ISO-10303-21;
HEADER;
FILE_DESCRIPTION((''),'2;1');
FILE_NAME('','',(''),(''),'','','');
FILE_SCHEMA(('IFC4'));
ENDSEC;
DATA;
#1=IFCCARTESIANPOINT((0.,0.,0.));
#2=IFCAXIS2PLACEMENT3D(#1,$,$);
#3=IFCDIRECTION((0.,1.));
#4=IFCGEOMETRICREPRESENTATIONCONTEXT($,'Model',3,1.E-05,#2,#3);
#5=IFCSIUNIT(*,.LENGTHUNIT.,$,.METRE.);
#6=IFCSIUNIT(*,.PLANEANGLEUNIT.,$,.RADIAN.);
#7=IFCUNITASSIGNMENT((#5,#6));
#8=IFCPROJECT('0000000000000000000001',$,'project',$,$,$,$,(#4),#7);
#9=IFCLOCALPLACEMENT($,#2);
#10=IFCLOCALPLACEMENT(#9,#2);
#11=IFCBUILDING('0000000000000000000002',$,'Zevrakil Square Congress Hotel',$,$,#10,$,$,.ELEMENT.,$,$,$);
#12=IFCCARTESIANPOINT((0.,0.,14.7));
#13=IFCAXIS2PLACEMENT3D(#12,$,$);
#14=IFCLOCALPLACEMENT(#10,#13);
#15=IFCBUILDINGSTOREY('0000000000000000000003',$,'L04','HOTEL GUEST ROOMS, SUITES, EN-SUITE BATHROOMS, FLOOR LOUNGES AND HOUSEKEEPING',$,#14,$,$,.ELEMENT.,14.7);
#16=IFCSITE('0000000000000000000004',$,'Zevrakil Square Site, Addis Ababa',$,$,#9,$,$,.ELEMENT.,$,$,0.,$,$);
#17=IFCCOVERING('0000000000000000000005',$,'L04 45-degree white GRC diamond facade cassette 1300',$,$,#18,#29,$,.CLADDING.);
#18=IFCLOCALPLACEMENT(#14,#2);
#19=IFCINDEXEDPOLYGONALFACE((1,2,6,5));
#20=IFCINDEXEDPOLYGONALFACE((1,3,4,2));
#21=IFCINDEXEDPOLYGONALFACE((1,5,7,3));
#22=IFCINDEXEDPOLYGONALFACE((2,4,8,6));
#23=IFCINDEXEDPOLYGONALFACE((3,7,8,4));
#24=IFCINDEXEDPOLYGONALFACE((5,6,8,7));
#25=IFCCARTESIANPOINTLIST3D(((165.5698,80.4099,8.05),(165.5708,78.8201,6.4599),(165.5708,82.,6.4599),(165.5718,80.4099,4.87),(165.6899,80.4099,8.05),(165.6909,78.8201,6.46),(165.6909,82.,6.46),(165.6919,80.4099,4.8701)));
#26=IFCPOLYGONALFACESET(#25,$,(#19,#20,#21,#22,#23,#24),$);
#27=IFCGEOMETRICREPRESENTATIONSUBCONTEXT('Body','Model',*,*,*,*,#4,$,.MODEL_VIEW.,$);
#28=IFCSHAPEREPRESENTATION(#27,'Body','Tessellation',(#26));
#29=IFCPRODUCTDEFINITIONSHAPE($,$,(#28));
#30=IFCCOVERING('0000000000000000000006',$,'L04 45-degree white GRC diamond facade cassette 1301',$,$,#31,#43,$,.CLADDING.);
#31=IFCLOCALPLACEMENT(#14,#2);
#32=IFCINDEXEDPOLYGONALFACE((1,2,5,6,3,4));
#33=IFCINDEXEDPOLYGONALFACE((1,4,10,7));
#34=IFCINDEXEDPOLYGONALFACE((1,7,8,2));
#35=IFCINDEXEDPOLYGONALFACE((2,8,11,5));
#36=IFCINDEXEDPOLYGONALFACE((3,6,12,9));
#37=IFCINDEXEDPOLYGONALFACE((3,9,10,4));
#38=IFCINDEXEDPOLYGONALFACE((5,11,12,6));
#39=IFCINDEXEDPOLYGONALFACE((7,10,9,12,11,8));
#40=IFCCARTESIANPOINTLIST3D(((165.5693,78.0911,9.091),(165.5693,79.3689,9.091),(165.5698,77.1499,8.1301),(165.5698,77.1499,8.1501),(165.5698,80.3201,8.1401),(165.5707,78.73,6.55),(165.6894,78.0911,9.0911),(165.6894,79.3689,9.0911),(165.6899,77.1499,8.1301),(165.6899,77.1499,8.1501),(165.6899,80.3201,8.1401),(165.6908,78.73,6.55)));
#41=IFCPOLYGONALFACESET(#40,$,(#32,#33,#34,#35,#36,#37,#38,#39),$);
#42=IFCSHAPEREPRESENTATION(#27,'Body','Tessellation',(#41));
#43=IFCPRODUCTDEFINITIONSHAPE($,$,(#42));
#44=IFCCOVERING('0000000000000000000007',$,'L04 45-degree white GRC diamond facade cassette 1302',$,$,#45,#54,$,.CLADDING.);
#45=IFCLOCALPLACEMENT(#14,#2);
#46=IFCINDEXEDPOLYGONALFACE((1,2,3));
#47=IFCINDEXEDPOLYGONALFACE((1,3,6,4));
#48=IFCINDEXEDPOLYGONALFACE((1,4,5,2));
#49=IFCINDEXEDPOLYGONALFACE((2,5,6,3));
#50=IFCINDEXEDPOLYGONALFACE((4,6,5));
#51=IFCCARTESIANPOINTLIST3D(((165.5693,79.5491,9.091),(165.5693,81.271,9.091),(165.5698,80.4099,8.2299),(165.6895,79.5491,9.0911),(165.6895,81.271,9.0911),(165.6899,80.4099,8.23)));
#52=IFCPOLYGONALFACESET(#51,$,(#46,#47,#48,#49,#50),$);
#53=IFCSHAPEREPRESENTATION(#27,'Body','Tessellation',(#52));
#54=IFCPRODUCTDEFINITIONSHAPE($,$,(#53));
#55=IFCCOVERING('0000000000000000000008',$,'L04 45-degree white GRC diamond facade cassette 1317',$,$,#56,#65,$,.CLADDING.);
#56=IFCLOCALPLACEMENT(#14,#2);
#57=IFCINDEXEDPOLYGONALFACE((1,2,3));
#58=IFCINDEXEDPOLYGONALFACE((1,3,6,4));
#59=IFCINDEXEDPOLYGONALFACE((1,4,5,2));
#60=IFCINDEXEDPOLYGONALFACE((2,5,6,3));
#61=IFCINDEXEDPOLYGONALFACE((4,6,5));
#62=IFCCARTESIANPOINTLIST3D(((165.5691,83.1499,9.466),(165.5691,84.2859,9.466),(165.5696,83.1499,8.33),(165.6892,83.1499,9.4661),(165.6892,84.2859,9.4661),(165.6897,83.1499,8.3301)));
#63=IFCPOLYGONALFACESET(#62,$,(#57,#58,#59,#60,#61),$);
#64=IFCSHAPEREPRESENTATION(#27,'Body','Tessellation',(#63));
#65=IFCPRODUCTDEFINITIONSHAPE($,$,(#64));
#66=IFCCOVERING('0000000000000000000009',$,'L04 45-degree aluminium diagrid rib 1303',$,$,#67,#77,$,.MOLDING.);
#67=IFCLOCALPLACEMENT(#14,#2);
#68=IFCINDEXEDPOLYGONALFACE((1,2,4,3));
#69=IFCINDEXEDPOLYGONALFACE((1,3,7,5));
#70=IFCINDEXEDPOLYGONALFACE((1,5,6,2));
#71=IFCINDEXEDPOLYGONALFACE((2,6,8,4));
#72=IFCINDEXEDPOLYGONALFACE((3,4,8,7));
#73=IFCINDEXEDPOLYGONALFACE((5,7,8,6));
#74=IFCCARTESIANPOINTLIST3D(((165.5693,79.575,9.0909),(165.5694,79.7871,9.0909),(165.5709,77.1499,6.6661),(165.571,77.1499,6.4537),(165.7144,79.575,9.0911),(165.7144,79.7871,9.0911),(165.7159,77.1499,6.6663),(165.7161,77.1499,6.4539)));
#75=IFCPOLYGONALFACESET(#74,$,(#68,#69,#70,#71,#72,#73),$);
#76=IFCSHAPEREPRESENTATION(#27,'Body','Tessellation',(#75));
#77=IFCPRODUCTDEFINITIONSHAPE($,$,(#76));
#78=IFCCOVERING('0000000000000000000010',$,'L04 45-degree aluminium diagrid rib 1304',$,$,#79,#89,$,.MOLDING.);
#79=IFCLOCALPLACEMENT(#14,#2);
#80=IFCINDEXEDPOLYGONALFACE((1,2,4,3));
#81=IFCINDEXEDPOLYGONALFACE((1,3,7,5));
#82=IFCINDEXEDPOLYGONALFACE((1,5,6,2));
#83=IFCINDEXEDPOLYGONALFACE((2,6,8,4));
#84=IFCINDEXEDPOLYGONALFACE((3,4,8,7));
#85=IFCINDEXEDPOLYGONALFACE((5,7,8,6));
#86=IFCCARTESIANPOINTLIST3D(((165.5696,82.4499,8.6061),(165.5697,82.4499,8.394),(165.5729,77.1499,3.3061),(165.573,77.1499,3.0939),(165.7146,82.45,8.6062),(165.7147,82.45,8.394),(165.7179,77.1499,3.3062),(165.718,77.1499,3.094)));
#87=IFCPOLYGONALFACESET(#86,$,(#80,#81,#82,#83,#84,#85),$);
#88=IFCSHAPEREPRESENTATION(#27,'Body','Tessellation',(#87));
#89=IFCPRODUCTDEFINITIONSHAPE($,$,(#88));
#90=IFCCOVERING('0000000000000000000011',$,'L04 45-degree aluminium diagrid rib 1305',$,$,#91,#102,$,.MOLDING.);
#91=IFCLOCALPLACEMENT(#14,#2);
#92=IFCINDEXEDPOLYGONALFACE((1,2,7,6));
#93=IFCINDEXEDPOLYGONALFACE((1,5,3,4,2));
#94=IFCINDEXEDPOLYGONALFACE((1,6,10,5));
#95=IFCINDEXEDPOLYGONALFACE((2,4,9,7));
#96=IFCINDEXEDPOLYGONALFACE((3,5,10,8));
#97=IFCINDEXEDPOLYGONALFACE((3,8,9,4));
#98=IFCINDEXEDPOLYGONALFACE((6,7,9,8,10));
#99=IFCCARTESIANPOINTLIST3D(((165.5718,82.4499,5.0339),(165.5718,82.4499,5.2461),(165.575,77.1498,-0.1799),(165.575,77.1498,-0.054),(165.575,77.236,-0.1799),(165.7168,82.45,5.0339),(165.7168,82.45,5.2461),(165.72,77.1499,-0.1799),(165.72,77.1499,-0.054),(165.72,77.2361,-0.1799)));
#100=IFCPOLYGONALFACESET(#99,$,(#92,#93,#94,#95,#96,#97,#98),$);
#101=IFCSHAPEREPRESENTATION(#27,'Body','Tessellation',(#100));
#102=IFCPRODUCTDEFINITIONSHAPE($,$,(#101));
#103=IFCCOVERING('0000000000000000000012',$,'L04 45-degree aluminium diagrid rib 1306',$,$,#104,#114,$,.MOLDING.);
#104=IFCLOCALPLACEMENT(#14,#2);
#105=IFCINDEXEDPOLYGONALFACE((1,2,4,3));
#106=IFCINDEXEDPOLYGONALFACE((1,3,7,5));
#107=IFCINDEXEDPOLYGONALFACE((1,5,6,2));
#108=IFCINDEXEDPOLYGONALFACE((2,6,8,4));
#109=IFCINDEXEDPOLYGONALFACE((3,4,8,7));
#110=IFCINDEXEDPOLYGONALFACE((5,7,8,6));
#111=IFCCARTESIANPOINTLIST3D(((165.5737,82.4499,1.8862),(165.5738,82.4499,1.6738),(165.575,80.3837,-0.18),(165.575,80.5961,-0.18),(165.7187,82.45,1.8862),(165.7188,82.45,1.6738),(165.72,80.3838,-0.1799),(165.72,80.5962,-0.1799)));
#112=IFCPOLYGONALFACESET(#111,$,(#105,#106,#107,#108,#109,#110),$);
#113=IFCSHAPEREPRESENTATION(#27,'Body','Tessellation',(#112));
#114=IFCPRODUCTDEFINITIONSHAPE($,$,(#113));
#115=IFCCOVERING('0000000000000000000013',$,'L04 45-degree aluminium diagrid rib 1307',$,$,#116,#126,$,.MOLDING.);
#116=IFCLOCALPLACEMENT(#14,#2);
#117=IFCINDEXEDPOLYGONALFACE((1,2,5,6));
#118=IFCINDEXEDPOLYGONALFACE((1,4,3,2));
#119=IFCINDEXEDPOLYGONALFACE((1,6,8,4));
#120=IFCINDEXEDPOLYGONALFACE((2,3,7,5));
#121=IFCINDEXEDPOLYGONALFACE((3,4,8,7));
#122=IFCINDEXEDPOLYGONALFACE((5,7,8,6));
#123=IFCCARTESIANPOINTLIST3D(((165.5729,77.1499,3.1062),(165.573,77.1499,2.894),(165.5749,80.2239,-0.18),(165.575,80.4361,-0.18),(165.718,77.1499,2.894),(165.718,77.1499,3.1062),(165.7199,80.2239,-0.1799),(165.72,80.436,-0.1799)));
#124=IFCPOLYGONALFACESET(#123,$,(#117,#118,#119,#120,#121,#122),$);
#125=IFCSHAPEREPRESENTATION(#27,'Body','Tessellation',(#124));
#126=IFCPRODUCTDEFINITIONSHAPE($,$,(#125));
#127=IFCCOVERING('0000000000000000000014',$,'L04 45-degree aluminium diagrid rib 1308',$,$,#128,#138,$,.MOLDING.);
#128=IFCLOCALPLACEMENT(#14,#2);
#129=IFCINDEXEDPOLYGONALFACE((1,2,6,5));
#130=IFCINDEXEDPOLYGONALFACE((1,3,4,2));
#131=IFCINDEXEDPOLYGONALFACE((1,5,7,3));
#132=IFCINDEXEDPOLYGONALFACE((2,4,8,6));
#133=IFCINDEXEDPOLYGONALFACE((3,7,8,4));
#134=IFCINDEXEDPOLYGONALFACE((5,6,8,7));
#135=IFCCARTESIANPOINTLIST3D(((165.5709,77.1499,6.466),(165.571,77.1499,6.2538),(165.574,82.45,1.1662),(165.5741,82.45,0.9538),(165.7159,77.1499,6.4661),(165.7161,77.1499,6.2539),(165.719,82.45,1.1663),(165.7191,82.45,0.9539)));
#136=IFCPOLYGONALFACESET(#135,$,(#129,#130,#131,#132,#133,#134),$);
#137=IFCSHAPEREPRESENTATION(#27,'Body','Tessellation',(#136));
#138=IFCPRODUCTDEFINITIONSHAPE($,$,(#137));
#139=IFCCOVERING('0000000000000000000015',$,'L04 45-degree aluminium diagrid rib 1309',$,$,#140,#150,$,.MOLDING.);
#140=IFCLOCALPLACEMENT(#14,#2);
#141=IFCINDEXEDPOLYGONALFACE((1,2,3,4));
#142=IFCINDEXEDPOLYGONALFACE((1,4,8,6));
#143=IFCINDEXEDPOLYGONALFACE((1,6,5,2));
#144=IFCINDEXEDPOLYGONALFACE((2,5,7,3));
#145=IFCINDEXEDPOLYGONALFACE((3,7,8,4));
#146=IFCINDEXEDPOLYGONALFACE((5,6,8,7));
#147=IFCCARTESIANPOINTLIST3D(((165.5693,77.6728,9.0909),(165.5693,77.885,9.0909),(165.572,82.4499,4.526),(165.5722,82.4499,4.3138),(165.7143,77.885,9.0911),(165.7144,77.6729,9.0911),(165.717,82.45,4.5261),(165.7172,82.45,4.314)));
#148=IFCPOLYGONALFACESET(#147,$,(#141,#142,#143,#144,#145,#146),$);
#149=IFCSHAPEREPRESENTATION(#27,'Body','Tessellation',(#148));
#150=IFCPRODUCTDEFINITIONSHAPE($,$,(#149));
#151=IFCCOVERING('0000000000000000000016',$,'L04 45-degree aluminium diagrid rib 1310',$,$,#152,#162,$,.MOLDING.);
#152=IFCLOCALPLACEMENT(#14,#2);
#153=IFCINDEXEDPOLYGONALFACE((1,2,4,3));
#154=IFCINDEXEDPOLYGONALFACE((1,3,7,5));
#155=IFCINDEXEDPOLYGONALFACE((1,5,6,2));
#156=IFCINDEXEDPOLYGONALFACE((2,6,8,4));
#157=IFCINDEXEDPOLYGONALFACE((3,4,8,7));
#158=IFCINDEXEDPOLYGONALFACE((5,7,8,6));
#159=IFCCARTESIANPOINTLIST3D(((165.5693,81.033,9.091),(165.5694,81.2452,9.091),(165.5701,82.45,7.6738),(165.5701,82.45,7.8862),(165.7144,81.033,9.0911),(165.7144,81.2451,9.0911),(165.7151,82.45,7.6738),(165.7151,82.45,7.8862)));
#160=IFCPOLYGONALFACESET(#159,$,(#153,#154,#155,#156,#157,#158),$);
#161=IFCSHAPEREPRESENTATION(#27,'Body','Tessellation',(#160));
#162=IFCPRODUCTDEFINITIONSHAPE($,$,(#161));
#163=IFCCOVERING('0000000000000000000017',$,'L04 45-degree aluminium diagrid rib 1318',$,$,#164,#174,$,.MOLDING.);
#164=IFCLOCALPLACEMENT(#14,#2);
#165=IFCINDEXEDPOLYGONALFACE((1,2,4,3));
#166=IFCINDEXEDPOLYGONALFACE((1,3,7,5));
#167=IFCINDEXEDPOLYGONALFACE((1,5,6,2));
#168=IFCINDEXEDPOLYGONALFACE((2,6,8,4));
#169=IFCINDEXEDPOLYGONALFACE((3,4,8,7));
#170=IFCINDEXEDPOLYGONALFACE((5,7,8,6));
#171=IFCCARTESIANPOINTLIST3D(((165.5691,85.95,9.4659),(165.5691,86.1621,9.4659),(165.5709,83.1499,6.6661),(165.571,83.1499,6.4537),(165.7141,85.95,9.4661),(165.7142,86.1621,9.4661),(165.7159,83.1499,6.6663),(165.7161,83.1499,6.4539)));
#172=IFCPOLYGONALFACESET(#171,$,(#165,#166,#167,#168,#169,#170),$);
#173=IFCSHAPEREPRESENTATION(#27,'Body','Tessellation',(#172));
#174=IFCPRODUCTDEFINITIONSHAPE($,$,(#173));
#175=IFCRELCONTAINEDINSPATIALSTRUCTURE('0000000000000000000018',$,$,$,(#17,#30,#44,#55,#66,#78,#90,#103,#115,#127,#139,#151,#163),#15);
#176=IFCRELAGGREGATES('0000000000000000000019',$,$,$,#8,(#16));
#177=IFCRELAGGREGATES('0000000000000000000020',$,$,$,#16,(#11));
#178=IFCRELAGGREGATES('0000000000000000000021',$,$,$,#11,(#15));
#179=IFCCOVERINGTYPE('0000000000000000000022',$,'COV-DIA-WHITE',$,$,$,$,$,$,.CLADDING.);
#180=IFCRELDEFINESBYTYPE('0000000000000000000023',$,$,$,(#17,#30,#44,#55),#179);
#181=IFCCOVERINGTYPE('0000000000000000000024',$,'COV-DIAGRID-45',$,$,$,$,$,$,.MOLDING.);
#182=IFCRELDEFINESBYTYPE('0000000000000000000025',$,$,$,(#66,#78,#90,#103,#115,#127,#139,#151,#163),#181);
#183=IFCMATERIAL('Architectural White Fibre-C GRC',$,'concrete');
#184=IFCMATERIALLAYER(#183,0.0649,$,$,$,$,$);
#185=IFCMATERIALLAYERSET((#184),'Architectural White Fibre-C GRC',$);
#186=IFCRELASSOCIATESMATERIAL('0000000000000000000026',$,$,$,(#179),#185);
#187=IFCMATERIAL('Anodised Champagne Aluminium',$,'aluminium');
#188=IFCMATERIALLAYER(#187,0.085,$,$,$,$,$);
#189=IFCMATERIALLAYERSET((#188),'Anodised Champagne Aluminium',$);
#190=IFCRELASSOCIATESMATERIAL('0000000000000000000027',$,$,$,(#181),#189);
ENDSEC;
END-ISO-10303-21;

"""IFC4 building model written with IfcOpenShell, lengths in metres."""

from ifc_helpers import new_model, si_unit, direction, frame, origin, place, context, subcontext, project, spatial, polyline, outline, extrude, material, layer, layer_set, type_object, element, save


model = new_model("IFC4")

# Units and contexts
model_context = context("Model", 3, precision=1e-05, world=origin(), true_north=direction((0.0, 1.0)))
body_context = subcontext(model_context, "Body", "Model", "MODEL_VIEW")
ifc_project = project(units=[si_unit("LENGTHUNIT", "METRE"), si_unit("PLANEANGLEUNIT", "RADIAN")], contexts=[model_context])

# Site, building, storey
site_placement = place(None, origin())
site = spatial("IfcSite", under=ifc_project, at=site_placement, Name="Zevrakil Square Site, Addis Ababa", CompositionType="ELEMENT", RefElevation=0.0)
building_placement = place(site_placement, origin())
building = spatial("IfcBuilding", under=site, at=building_placement, Name="Zevrakil Square Congress Hotel", CompositionType="ELEMENT")
storey_placement = place(building_placement, frame((0.0, 0.0, 14.7)))
storey = spatial("IfcBuildingStorey", under=building, at=storey_placement, Name="L04", Description="HOTEL GUEST ROOMS, SUITES, EN-SUITE BATHROOMS, FLOOR LOUNGES AND HOUSEKEEPING", CompositionType="ELEMENT", Elevation=14.7)

# Coverings
ifc_material_1 = material(Name="Architectural White Fibre-C GRC", Category="concrete")
ifc_layer_1 = layer(ifc_material_1, 0.0649)
ifc_layer_set_1 = layer_set([ifc_layer_1], Name="Architectural White Fibre-C GRC")
covering_type_1 = type_object("IfcCoveringType", Name="COV-DIA-WHITE", PredefinedType="CLADDING", material=ifc_layer_set_1)
covering_1_placement = place(storey_placement, frame((165.6899, 80.4099, 8.05), z_axis=(1.0, 0.0, 0.000614), x_axis=(0.000434, 0.707107, -0.707107)))
element("IfcCovering", 1, at=covering_1_placement, inside=storey, type_object=covering_type_1, Name="L04 45-degree white GRC diamond facade cassette 1300", PredefinedType="CLADDING", context=body_context, shape_type="SweptSolid", body=[
    extrude(outline(polyline([(0.0, 0.0), (2.2487, 0.0), (2.2486, -2.2486), (0.0002, -2.2486), (0.0, 0.0)])), origin(), (0.0, 0.0, -1.0), 0.1201),
])
covering_2_placement = place(storey_placement, frame((165.6899, 80.3201, 8.1401), z_axis=(1.0, -0.000001, 0.000567), x_axis=(0.0004, -0.707107, -0.707107)))
element("IfcCovering", 2, at=covering_2_placement, inside=storey, type_object=covering_type_1, Name="L04 45-degree white GRC diamond facade cassette 1301", PredefinedType="CLADDING", context=body_context, shape_type="SweptSolid", body=[
    extrude(outline(polyline([(0.0, 0.0), (2.2487, 0.0), (2.2487, -2.2346), (2.2346, -2.2487), (0.9037, -2.2486), (0.0002, -1.345), (0.0, 0.0)])), origin(), (0.0, 0.0, -1.0), 0.1201),
])
covering_3_placement = place(storey_placement, frame((165.6899, 80.4099, 8.23), z_axis=(1.0, 0.0, 0.000567), x_axis=(-0.000401, -0.707006, 0.707207)))
element("IfcCovering", 3, at=covering_3_placement, inside=storey, type_object=covering_type_1, Name="L04 45-degree white GRC diamond facade cassette 1302", PredefinedType="CLADDING", context=body_context, shape_type="SweptSolid", body=[
    extrude(outline(polyline([(0.0, 0.0), (1.2176, 0.0), (0.0002, -1.2178), (0.0, 0.0)])), origin(), (0.0, 0.0, -1.0), 0.1201),
])
covering_4_placement = place(storey_placement, frame((165.6897, 83.1499, 8.3301), z_axis=(1.0, 0.0, 0.00043), x_axis=(-0.00043, 0.0, 1.0)))
element("IfcCovering", 4, at=covering_4_placement, inside=storey, type_object=covering_type_1, Name="L04 45-degree white GRC diamond facade cassette 1317", PredefinedType="CLADDING", context=body_context, shape_type="SweptSolid", body=[
    extrude(outline(polyline([(0.0, 0.0), (1.136, 0.0), (1.136, -1.136), (0.0, 0.0)])), origin(), (0.0, 0.0, -1.0), 0.1201),
])
ifc_material_2 = material(Name="Anodised Champagne Aluminium", Category="aluminium")
ifc_layer_2 = layer(ifc_material_2, 0.085)
ifc_layer_set_2 = layer_set([ifc_layer_2], Name="Anodised Champagne Aluminium")
covering_type_2 = type_object("IfcCoveringType", Name="COV-DIAGRID-45", PredefinedType="MOLDING", material=ifc_layer_set_2)
covering_5_placement = place(storey_placement, frame((165.7161, 77.1499, 6.4539), z_axis=(1.0, -0.000261, 0.000888), x_axis=(-0.000888, 0.0, 1.0)))
element("IfcCovering", 5, at=covering_5_placement, inside=storey, type_object=covering_type_2, Name="L04 45-degree aluminium diagrid rib 1303", PredefinedType="MOLDING", context=body_context, shape_type="SweptSolid", body=[
    extrude(outline(polyline([(0.0, 0.0), (0.2124, 0.0), (2.6372, -2.425), (2.6372, -2.6372), (0.0, 0.0)])), origin(), (0.0, 0.0, -1.0), 0.145),
])
covering_6_placement = place(storey_placement, frame((165.718, 77.1499, 3.094), z_axis=(1.0, 0.000046, 0.000575), x_axis=(-0.000575, 0.0, 1.0)))
element("IfcCovering", 6, at=covering_6_placement, inside=storey, type_object=covering_type_2, Name="L04 45-degree aluminium diagrid rib 1304", PredefinedType="MOLDING", context=body_context, shape_type="SweptSolid", body=[
    extrude(outline(polyline([(0.0, 0.0), (0.2122, 0.0), (5.5122, -5.3), (5.3, -5.3), (0.0, 0.0)])), origin(), (0.0, 0.0, -1.0), 0.145),
])
covering_7_placement = place(storey_placement, frame((165.72, 77.2361, -0.1799), z_axis=(1.0, 0.000479, 0.000122), x_axis=(0.000479, -1.0, 0.0)))
element("IfcCovering", 7, at=covering_7_placement, inside=storey, type_object=covering_type_2, Name="L04 45-degree aluminium diagrid rib 1305", PredefinedType="MOLDING", context=body_context, shape_type="SweptSolid", body=[
    extrude(outline(polyline([(0.0, 0.0), (0.0862, 0.0), (0.0862, -0.126), (-5.2139, -5.426), (-5.2139, -5.2139), (0.0, 0.0)])), origin(), (0.0, 0.0, -1.0), 0.145),
])
covering_8_placement = place(storey_placement, frame((165.72, 80.5962, -0.1799), z_axis=(1.0, 0.000311, 0.000311), x_axis=(0.000311, -1.0, 0.0)))
element("IfcCovering", 8, at=covering_8_placement, inside=storey, type_object=covering_type_2, Name="L04 45-degree aluminium diagrid rib 1306", PredefinedType="MOLDING", context=body_context, shape_type="SweptSolid", body=[
    extrude(outline(polyline([(0.0, 0.0), (0.2124, 0.0), (-1.8538, -2.0662), (-1.8538, -1.8538), (0.0, 0.0)])), origin(), (0.0, 0.0, -1.0), 0.145),
])
covering_9_placement = place(storey_placement, frame((165.718, 77.1499, 2.894), z_axis=(1.0, -0.000307, 0.000307), x_axis=(-0.000307, 0.0, 1.0)))
element("IfcCovering", 9, at=covering_9_placement, inside=storey, type_object=covering_type_2, Name="L04 45-degree aluminium diagrid rib 1307", PredefinedType="MOLDING", context=body_context, shape_type="SweptSolid", body=[
    extrude(outline(polyline([(0.0, 0.0), (0.2122, 0.0), (-3.074, -3.2861), (-3.074, -3.074), (0.0, 0.0)])), origin(), (0.0, 0.0, -1.0), 0.145),
])
covering_10_placement = place(storey_placement, frame((165.7161, 77.1499, 6.2539), z_axis=(1.0, -0.000001, 0.000575), x_axis=(-0.000575, 0.0, 1.0)))
element("IfcCovering", 10, at=covering_10_placement, inside=storey, type_object=covering_type_2, Name="L04 45-degree aluminium diagrid rib 1308", PredefinedType="MOLDING", context=body_context, shape_type="SweptSolid", body=[
    extrude(outline(polyline([(0.0, 0.0), (0.2122, 0.0), (-5.0876, -5.3), (-5.3, -5.3), (0.0, 0.0)])), origin(), (0.0, 0.0, -1.0), 0.145),
])
covering_11_placement = place(storey_placement, frame((165.7144, 77.6729, 9.0911), z_axis=(1.0, 0.000275, 0.000876), x_axis=(-0.000275, 1.0, 0.0)))
element("IfcCovering", 11, at=covering_11_placement, inside=storey, type_object=covering_type_2, Name="L04 45-degree aluminium diagrid rib 1309", PredefinedType="MOLDING", context=body_context, shape_type="SweptSolid", body=[
    extrude(outline(polyline([(0.0, 0.0), (0.2122, 0.0), (4.7771, -4.5649), (4.7771, -4.7771), (0.0, 0.0)])), origin(), (0.0, 0.0, -1.0), 0.145),
])
covering_12_placement = place(storey_placement, frame((165.7144, 81.033, 9.0911), z_axis=(1.0, -0.00028, 0.000279), x_axis=(0.00028, 1.0, 0.0)))
element("IfcCovering", 12, at=covering_12_placement, inside=storey, type_object=covering_type_2, Name="L04 45-degree aluminium diagrid rib 1310", PredefinedType="MOLDING", context=body_context, shape_type="SweptSolid", body=[
    extrude(outline(polyline([(0.0, 0.0), (0.2122, 0.0), (1.417, -1.2048), (1.417, -1.4172), (0.0, 0.0)])), origin(), (0.0, 0.0, -1.0), 0.145),
])
covering_13_placement = place(storey_placement, frame((165.7161, 83.1499, 6.4539), z_axis=(1.0, -0.00026, 0.00089), x_axis=(-0.00089, 0.0, 1.0)))
element("IfcCovering", 13, at=covering_13_placement, inside=storey, type_object=covering_type_2, Name="L04 45-degree aluminium diagrid rib 1318", PredefinedType="MOLDING", context=body_context, shape_type="SweptSolid", body=[
    extrude(outline(polyline([(0.0, 0.0), (0.2124, 0.0), (3.0122, -2.8), (3.0122, -3.0122), (0.0, 0.0)])), origin(), (0.0, 0.0, -1.0), 0.145),
])

save(model, "model.ifc")
